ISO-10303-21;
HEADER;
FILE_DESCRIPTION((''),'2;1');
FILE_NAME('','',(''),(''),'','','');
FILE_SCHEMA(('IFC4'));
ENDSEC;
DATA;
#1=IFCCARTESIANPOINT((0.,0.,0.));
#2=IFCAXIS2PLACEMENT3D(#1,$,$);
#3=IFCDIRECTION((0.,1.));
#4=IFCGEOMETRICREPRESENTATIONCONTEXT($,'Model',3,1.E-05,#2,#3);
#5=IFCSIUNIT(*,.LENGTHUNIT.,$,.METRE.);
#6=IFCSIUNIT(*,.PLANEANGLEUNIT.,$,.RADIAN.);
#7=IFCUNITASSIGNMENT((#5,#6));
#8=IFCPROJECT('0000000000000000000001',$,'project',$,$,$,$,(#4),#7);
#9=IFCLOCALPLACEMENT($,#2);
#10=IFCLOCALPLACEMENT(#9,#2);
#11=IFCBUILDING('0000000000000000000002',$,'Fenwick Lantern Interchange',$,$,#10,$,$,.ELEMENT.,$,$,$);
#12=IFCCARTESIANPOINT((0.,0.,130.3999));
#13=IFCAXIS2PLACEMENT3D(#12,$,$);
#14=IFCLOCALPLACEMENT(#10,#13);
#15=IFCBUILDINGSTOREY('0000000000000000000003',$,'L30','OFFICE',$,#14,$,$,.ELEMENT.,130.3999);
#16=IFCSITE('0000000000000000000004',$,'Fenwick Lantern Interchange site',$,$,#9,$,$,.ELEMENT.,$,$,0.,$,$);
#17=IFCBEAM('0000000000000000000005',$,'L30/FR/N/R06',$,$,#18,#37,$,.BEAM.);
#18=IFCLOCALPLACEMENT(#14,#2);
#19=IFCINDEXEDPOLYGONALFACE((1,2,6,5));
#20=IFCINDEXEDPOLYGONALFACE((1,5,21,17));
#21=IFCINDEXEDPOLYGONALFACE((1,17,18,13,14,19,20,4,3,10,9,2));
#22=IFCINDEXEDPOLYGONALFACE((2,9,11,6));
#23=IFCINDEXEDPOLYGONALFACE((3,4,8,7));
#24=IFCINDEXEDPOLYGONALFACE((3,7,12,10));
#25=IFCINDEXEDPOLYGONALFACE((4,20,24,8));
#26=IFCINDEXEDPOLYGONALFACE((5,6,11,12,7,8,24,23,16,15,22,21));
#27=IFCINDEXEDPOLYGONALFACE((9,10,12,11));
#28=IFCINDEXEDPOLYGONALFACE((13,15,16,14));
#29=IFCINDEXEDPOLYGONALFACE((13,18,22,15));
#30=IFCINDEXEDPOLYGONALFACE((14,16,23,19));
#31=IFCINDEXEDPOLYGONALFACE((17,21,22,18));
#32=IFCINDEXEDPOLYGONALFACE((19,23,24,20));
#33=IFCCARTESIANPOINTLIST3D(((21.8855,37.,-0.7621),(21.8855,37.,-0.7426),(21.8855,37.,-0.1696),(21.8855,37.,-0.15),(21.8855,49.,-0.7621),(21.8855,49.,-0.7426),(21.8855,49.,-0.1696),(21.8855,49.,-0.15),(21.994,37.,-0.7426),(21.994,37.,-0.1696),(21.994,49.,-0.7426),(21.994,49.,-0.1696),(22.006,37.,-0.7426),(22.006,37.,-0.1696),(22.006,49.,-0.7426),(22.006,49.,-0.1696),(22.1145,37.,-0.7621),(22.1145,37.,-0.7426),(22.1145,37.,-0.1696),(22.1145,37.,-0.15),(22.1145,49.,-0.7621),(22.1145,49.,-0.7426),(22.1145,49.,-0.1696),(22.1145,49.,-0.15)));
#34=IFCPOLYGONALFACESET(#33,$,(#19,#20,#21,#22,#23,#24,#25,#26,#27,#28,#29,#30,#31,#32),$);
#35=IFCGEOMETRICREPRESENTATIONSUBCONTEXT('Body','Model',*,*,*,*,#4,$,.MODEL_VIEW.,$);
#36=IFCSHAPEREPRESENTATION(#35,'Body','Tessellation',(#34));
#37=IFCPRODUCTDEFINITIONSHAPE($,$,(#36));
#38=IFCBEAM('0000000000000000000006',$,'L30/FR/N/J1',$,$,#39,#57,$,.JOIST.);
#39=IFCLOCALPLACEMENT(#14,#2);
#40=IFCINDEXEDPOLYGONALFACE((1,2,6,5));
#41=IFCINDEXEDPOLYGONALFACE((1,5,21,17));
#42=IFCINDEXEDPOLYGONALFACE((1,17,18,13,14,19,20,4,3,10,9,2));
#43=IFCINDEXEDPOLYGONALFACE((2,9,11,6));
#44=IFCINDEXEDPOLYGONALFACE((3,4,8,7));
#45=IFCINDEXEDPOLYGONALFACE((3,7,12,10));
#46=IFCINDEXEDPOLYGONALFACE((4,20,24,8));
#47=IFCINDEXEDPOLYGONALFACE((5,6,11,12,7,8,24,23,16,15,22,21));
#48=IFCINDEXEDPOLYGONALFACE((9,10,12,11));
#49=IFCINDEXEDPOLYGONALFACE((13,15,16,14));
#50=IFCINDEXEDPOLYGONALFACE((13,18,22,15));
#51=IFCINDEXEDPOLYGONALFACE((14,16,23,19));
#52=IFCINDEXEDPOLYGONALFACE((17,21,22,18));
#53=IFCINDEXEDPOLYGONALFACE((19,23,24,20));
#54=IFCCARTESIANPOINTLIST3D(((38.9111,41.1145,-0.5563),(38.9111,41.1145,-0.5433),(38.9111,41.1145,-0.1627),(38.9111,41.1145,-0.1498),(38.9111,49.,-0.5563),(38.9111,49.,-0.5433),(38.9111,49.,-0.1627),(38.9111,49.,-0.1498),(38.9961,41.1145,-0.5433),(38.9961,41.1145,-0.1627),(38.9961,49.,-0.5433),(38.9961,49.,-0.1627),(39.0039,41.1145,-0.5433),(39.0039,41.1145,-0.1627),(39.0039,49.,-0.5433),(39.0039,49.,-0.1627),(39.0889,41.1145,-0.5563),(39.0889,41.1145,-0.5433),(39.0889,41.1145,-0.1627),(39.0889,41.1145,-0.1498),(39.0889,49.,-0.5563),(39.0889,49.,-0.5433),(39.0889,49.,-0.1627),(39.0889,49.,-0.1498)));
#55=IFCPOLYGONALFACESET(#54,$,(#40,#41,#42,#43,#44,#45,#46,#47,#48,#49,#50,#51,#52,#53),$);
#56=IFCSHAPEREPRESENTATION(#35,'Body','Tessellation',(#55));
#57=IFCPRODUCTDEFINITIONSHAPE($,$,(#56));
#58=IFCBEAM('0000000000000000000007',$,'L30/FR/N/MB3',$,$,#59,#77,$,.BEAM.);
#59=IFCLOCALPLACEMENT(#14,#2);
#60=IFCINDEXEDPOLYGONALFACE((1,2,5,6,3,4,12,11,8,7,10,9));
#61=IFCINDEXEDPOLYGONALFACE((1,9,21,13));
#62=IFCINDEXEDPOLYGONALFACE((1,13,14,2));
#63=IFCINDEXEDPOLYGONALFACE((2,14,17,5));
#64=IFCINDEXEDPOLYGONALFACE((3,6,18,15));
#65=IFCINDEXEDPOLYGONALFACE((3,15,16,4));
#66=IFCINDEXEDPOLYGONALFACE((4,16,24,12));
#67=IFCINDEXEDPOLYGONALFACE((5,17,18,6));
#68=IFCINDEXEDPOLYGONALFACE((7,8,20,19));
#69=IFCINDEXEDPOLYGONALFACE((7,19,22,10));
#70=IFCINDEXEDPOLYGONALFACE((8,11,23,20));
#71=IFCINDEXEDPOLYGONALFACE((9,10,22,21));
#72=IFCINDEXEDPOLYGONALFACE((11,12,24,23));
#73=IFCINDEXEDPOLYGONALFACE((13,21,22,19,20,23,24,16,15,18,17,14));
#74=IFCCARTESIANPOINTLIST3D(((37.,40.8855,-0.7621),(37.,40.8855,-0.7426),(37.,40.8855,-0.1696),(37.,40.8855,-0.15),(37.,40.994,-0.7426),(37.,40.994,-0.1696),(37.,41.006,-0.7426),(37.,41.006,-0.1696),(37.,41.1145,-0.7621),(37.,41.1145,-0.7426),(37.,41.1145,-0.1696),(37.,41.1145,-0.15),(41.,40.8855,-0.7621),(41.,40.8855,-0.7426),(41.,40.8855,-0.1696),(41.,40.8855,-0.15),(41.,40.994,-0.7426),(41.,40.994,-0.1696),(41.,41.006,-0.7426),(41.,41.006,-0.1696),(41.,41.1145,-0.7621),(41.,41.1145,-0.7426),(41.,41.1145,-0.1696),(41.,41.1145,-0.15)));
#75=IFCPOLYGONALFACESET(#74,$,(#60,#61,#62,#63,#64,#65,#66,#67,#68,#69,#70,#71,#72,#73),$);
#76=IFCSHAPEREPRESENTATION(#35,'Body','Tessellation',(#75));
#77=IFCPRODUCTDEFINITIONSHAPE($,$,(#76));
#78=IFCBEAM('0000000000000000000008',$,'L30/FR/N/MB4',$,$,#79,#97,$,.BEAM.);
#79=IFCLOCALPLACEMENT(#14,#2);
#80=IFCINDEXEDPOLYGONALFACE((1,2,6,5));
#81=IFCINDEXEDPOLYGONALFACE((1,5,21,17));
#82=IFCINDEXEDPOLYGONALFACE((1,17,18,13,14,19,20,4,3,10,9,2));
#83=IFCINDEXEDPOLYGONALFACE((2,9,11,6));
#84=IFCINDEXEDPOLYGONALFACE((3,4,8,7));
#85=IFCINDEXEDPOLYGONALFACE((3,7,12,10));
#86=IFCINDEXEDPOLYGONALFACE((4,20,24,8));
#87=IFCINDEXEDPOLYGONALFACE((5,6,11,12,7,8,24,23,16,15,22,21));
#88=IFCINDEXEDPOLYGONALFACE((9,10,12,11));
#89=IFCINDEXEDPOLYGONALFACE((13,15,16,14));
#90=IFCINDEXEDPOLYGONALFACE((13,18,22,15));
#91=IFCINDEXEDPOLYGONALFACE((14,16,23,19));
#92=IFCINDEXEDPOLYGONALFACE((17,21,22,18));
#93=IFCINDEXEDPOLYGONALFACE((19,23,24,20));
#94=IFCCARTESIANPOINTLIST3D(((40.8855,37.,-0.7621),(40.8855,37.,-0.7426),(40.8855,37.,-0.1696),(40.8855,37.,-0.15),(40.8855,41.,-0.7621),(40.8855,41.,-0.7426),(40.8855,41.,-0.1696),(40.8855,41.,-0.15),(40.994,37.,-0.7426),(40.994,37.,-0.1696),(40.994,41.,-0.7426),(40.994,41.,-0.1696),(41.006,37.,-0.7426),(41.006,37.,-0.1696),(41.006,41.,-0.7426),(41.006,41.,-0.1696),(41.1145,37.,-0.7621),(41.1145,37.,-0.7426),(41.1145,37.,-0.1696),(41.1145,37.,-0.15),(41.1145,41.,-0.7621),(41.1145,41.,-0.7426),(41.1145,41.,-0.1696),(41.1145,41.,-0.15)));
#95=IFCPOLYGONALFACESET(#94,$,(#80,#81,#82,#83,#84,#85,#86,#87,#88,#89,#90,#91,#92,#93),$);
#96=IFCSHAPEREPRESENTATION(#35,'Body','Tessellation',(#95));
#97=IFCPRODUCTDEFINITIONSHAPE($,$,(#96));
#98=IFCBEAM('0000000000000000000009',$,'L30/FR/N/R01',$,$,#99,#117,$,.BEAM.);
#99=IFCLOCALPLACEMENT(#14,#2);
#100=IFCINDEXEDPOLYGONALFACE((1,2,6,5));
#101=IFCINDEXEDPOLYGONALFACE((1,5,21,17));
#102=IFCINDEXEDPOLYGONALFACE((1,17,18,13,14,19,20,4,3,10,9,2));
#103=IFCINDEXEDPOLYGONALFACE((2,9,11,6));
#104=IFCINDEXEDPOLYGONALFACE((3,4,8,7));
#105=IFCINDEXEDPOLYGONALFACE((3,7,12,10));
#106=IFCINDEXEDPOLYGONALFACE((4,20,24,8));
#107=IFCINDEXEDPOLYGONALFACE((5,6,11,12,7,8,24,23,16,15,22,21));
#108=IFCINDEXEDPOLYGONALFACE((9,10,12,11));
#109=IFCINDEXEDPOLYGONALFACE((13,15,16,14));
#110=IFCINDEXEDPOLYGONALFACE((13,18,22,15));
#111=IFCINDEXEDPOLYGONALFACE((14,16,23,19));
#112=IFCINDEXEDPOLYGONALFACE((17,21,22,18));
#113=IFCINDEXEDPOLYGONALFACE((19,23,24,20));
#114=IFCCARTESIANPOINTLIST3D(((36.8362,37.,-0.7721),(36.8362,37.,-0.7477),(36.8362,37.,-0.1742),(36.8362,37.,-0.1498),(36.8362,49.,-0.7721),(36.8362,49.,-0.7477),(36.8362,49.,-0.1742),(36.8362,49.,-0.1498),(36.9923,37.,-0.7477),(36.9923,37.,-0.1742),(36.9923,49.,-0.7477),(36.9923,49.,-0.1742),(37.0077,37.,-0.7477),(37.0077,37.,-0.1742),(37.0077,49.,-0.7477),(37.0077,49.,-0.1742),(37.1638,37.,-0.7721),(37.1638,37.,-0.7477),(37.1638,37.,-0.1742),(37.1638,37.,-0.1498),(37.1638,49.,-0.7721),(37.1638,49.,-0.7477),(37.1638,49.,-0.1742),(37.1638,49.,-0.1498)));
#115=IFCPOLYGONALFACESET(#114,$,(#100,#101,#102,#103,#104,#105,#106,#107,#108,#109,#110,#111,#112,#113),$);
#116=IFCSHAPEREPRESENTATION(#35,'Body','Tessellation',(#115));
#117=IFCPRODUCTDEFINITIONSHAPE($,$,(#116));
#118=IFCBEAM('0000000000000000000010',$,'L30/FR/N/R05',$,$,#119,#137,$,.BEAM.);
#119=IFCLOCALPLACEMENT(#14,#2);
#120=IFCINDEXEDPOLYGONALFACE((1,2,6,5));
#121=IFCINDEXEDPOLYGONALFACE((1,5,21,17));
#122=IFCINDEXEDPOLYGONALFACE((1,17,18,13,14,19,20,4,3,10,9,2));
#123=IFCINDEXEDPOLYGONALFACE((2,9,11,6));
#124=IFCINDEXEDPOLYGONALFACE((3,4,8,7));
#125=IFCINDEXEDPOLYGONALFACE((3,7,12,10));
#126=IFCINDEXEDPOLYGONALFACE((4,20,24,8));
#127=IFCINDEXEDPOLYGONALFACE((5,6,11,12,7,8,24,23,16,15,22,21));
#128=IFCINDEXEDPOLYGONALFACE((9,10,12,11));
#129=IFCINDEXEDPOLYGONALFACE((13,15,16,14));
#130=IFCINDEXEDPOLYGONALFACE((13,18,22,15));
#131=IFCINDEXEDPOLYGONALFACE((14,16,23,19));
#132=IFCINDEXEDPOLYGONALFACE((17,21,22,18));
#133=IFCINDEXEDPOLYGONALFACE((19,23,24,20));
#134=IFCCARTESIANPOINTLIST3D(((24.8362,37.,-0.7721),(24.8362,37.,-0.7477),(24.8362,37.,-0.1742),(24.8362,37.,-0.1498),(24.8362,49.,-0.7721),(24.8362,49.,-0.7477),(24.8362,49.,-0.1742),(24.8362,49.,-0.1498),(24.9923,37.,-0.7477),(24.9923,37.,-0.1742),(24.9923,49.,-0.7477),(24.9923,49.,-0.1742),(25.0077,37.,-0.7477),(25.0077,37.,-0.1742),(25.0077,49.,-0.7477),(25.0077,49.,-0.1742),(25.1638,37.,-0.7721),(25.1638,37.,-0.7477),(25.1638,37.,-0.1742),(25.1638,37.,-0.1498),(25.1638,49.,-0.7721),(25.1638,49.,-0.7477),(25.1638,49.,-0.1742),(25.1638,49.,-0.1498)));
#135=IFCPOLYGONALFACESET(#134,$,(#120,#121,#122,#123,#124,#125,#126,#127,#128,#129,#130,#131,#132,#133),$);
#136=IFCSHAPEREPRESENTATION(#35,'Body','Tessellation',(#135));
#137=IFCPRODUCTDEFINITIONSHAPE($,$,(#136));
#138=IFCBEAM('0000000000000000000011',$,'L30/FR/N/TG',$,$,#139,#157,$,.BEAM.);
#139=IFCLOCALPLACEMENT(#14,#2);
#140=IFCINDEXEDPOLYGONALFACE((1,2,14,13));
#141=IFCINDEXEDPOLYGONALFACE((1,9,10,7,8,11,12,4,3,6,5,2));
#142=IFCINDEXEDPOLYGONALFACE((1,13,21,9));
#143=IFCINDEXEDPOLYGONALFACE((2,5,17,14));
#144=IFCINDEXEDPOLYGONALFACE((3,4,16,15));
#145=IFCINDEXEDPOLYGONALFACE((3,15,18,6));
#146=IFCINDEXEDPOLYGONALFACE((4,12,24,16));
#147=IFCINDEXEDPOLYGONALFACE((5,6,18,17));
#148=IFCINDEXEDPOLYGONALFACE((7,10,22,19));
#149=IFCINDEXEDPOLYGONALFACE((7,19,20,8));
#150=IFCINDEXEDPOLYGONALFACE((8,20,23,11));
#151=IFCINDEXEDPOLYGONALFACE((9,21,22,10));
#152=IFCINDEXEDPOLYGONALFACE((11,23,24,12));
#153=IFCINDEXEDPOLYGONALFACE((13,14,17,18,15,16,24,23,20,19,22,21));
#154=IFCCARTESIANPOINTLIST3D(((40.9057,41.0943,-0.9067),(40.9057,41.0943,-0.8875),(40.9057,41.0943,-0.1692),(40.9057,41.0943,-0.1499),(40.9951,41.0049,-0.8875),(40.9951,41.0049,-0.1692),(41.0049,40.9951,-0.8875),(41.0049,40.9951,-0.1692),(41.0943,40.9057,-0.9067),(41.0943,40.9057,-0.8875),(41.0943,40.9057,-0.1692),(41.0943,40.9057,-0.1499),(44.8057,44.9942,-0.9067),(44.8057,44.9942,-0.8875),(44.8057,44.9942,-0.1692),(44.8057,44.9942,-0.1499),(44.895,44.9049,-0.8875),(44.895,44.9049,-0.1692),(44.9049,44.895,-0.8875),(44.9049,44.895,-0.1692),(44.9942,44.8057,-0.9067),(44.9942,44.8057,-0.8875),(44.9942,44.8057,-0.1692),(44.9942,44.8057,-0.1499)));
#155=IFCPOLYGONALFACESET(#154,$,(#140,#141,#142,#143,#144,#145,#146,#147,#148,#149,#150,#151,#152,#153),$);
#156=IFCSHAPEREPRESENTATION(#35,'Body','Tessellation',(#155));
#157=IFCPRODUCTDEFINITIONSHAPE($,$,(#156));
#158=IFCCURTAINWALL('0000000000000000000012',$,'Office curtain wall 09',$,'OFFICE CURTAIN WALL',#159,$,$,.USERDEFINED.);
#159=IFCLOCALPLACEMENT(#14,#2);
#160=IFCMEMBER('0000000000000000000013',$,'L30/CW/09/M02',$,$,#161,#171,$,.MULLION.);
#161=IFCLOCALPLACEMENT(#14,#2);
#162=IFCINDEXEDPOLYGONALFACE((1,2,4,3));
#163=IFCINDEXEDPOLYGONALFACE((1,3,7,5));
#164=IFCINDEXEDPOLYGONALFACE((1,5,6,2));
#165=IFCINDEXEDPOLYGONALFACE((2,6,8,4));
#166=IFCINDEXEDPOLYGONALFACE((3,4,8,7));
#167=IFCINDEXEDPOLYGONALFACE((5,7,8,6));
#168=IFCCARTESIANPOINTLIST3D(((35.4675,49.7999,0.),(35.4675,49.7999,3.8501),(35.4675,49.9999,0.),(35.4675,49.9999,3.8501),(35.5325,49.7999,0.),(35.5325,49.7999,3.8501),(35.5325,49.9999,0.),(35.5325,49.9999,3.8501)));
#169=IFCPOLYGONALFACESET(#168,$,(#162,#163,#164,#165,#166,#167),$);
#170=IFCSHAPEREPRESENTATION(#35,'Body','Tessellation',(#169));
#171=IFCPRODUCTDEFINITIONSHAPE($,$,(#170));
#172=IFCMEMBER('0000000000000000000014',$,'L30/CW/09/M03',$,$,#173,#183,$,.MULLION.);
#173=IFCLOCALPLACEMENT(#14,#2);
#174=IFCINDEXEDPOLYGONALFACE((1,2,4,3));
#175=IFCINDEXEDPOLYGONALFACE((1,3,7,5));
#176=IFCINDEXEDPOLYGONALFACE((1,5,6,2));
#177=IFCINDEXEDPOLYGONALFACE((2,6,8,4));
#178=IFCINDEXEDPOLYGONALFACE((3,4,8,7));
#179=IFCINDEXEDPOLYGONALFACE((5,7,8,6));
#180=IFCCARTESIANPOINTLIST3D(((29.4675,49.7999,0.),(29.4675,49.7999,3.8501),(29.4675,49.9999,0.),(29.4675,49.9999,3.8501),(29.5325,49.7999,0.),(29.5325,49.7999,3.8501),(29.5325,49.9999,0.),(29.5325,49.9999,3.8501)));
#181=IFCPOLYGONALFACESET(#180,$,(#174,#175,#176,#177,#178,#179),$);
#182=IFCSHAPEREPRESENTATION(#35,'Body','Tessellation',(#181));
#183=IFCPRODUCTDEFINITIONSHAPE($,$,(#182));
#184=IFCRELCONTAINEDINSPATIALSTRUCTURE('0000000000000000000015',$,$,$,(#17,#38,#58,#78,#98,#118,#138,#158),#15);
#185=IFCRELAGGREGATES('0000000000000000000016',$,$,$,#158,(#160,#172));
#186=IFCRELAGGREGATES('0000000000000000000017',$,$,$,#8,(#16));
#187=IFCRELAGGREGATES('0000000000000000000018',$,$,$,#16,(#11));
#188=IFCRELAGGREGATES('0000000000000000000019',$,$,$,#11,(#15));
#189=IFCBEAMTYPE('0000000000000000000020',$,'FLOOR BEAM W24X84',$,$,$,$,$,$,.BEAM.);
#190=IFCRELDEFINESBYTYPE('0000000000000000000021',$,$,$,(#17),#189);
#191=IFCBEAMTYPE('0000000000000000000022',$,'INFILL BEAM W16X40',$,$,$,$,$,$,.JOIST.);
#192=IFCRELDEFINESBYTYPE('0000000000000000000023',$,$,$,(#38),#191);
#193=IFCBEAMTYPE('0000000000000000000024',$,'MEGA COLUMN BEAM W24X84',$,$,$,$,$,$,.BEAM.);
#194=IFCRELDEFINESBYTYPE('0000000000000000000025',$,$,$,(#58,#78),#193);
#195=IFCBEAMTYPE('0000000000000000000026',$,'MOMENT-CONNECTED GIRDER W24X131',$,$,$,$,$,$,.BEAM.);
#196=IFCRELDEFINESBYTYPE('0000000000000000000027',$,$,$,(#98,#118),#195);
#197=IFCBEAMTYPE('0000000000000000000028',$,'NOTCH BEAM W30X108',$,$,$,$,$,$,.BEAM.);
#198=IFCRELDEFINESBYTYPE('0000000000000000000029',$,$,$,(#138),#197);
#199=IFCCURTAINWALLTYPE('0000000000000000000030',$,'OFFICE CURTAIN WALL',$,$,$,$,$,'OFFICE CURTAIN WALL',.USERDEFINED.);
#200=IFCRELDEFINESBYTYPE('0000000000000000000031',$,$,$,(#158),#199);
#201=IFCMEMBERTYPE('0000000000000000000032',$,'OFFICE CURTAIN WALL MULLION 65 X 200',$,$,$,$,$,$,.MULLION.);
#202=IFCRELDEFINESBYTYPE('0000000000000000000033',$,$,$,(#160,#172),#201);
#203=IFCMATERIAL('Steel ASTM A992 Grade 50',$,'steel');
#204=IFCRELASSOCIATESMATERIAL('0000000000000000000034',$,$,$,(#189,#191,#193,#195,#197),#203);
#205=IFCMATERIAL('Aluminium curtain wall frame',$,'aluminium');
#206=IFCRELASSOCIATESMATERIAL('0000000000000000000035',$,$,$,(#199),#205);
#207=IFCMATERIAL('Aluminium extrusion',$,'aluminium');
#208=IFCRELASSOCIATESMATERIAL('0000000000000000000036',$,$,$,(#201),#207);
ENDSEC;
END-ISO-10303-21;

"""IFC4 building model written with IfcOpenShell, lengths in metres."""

from ifc_helpers import new_model, si_unit, direction, frame, origin, origin_2d, place, context, subcontext, project, spatial, rectangle, i_section, extrude, material, material_profile, profile_set, type_object, element, aggregate, save


model = new_model("IFC4")

# Units and contexts
model_context = context("Model", 3, precision=1e-05, world=origin(), true_north=direction((0.0, 1.0)))
body_context = subcontext(model_context, "Body", "Model", "MODEL_VIEW")
ifc_project = project(units=[si_unit("LENGTHUNIT", "METRE"), si_unit("PLANEANGLEUNIT", "RADIAN")], contexts=[model_context])

# Site, building, storey
site_placement = place(None, origin())
site = spatial("IfcSite", under=ifc_project, at=site_placement, Name="Fenwick Lantern Interchange site", CompositionType="ELEMENT", RefElevation=0.0)
building_placement = place(site_placement, origin())
building = spatial("IfcBuilding", under=site, at=building_placement, Name="Fenwick Lantern Interchange", CompositionType="ELEMENT")
storey_placement = place(building_placement, frame((0.0, 0.0, 130.3999)))
storey = spatial("IfcBuildingStorey", under=building, at=storey_placement, Name="L30", Description="OFFICE", CompositionType="ELEMENT", Elevation=130.3999)

# Shared definitions
ifc_material_1 = material(Name="Steel ASTM A992 Grade 50", Category="steel")

# Beams
ifc_material_profile_1 = material_profile(ifc_material_1, i_section(OverallWidth=0.229, OverallDepth=0.6121, WebThickness=0.012, FlangeThickness=0.0195, at=origin_2d()), Name="W24X84")
ifc_profile_set_1 = profile_set([ifc_material_profile_1], Name="Steel ASTM A992 Grade 50")
beam_type_1 = type_object("IfcBeamType", Name="FLOOR BEAM W24X84", PredefinedType="BEAM", material=ifc_profile_set_1)
for number, where, z_axis, x_axis, name in (
    (1, (22.0, 49.0, -0.4561), (0.0, -1.0, 0.0), (1.0, 0.0, 0.0), "L30/FR/N/R06"),
):
    element("IfcBeam", number, at=place(storey_placement, frame(where, z_axis=z_axis, x_axis=x_axis)), inside=storey, type_object=beam_type_1, Name=name, PredefinedType="BEAM", context=body_context, shape_type="SweptSolid", body=[
        extrude(i_section(OverallWidth=0.229, OverallDepth=0.6121, WebThickness=0.012, FlangeThickness=0.0195, at=origin_2d()), origin(), (0.0, 0.0, 1.0), 12.0),
    ])
ifc_material_profile_2 = material_profile(ifc_material_1, i_section(OverallWidth=0.1777, OverallDepth=0.4065, WebThickness=0.0078, FlangeThickness=0.0129, at=origin_2d()), Name="W16X40")
ifc_profile_set_2 = profile_set([ifc_material_profile_2], Name="Steel ASTM A992 Grade 50")
beam_type_2 = type_object("IfcBeamType", Name="INFILL BEAM W16X40", PredefinedType="JOIST", material=ifc_profile_set_2)
beam_1_placement = place(storey_placement, frame((39.0, 49.0, -0.353), z_axis=(0.0, -1.0, 0.0), x_axis=(1.0, 0.0, 0.0)))
element("IfcBeam", 2, at=beam_1_placement, inside=storey, type_object=beam_type_2, Name="L30/FR/N/J1", PredefinedType="JOIST", context=body_context, shape_type="SweptSolid", body=[
    extrude(i_section(OverallWidth=0.1777, OverallDepth=0.4065, WebThickness=0.0078, FlangeThickness=0.0129, at=origin_2d()), origin(), (0.0, 0.0, 1.0), 7.8855),
])
ifc_material_profile_3 = material_profile(ifc_material_1, i_section(OverallWidth=0.229, OverallDepth=0.6121, WebThickness=0.012, FlangeThickness=0.0195, at=origin_2d()), Name="W24X84")
ifc_profile_set_3 = profile_set([ifc_material_profile_3], Name="Steel ASTM A992 Grade 50")
beam_type_3 = type_object("IfcBeamType", Name="MEGA COLUMN BEAM W24X84", PredefinedType="BEAM", material=ifc_profile_set_3)
for number, where, z_axis, x_axis, name in (
    (3, (41.0, 41.0, -0.4561), (-1.0, 0.0, 0.0), (0.0, -1.0, 0.0), "L30/FR/N/MB3"),
    (4, (41.0, 41.0, -0.4561), (0.0, -1.0, 0.0), (1.0, 0.0, 0.0), "L30/FR/N/MB4"),
):
    element("IfcBeam", number, at=place(storey_placement, frame(where, z_axis=z_axis, x_axis=x_axis)), inside=storey, type_object=beam_type_3, Name=name, PredefinedType="BEAM", context=body_context, shape_type="SweptSolid", body=[
        extrude(i_section(OverallWidth=0.229, OverallDepth=0.6121, WebThickness=0.012, FlangeThickness=0.0195, at=origin_2d()), origin(), (0.0, 0.0, 1.0), 4.0),
    ])
ifc_material_profile_4 = material_profile(ifc_material_1, i_section(OverallWidth=0.3276, OverallDepth=0.6223, WebThickness=0.0154, FlangeThickness=0.0244, at=origin_2d()), Name="W24X131")
ifc_profile_set_4 = profile_set([ifc_material_profile_4], Name="Steel ASTM A992 Grade 50")
beam_type_4 = type_object("IfcBeamType", Name="MOMENT-CONNECTED GIRDER W24X131", PredefinedType="BEAM", material=ifc_profile_set_4)
for number, where, z_axis, x_axis, name in (
    (5, (37.0, 49.0, -0.4609), (0.0, -1.0, 0.0), (1.0, 0.0, 0.0), "L30/FR/N/R01"),
    (6, (25.0, 49.0, -0.4609), (0.0, -1.0, 0.0), (1.0, 0.0, 0.0), "L30/FR/N/R05"),
):
    element("IfcBeam", number, at=place(storey_placement, frame(where, z_axis=z_axis, x_axis=x_axis)), inside=storey, type_object=beam_type_4, Name=name, PredefinedType="BEAM", context=body_context, shape_type="SweptSolid", body=[
        extrude(i_section(OverallWidth=0.3276, OverallDepth=0.6223, WebThickness=0.0154, FlangeThickness=0.0244, at=origin_2d()), origin(), (0.0, 0.0, 1.0), 12.0),
    ])
ifc_material_profile_5 = material_profile(ifc_material_1, i_section(OverallWidth=0.2666, OverallDepth=0.7568, WebThickness=0.0139, FlangeThickness=0.0193, at=origin_2d()), Name="W30X108")
ifc_profile_set_5 = profile_set([ifc_material_profile_5], Name="Steel ASTM A992 Grade 50")
beam_type_5 = type_object("IfcBeamType", Name="NOTCH BEAM W30X108", PredefinedType="BEAM", material=ifc_profile_set_5)
beam_2_placement = place(storey_placement, frame((41.0, 41.0, -0.5283), z_axis=(0.707107, 0.707107, 0.0), x_axis=(-0.707107, 0.707107, 0.0)))
element("IfcBeam", 7, at=beam_2_placement, inside=storey, type_object=beam_type_5, Name="L30/FR/N/TG", PredefinedType="BEAM", context=body_context, shape_type="SweptSolid", body=[
    extrude(i_section(OverallWidth=0.2666, OverallDepth=0.7568, WebThickness=0.0139, FlangeThickness=0.0193, at=origin_2d()), origin(), (0.0, 0.0, 1.0), 5.5154),
])

# Curtain wall, members
ifc_material_2 = material(Name="Aluminium curtain wall frame", Category="aluminium")
curtain_wall_type = type_object("IfcCurtainWallType", Name="OFFICE CURTAIN WALL", ElementType="OFFICE CURTAIN WALL", PredefinedType="USERDEFINED", material=ifc_material_2)
curtain_wall_placement = place(storey_placement, origin())
curtain_wall = element("IfcCurtainWall", 8, at=curtain_wall_placement, inside=storey, type_object=curtain_wall_type, Name="Office curtain wall 09", ObjectType="OFFICE CURTAIN WALL", PredefinedType="USERDEFINED")
ifc_material_3 = material(Name="Aluminium extrusion", Category="aluminium")
ifc_material_profile_6 = material_profile(ifc_material_3, rectangle(XDim=0.2, YDim=0.0649, at=origin_2d()), Name="OFFICE CURTAIN WALL MULLION 65 X 200")
ifc_profile_set_6 = profile_set([ifc_material_profile_6], Name="Aluminium extrusion")
member_type_1 = type_object("IfcMemberType", Name="OFFICE CURTAIN WALL MULLION 65 X 200", PredefinedType="MULLION", material=ifc_profile_set_6)
member_1_placement = place(storey_placement, frame((35.5, 49.8999, 0.0), z_axis=(0.0, 0.0, 1.0), x_axis=(0.0, -1.0, 0.0)))
member_1 = element("IfcMember", 9, at=member_1_placement, type_object=member_type_1, Name="L30/CW/09/M02", PredefinedType="MULLION", context=body_context, shape_type="SweptSolid", body=[
    extrude(rectangle(XDim=0.2, YDim=0.0649, at=origin_2d()), origin(), (0.0, 0.0, 1.0), 3.8501),
])
member_2_placement = place(storey_placement, frame((29.5, 49.8999, 0.0), z_axis=(0.0, 0.0, 1.0), x_axis=(0.0, -1.0, 0.0)))
member_2 = element("IfcMember", 10, at=member_2_placement, type_object=member_type_1, Name="L30/CW/09/M03", PredefinedType="MULLION", context=body_context, shape_type="SweptSolid", body=[
    extrude(rectangle(XDim=0.2, YDim=0.0649, at=origin_2d()), origin(), (0.0, 0.0, 1.0), 3.8501),
])
aggregate(curtain_wall, [member_1, member_2])

save(model, "model.ifc")
